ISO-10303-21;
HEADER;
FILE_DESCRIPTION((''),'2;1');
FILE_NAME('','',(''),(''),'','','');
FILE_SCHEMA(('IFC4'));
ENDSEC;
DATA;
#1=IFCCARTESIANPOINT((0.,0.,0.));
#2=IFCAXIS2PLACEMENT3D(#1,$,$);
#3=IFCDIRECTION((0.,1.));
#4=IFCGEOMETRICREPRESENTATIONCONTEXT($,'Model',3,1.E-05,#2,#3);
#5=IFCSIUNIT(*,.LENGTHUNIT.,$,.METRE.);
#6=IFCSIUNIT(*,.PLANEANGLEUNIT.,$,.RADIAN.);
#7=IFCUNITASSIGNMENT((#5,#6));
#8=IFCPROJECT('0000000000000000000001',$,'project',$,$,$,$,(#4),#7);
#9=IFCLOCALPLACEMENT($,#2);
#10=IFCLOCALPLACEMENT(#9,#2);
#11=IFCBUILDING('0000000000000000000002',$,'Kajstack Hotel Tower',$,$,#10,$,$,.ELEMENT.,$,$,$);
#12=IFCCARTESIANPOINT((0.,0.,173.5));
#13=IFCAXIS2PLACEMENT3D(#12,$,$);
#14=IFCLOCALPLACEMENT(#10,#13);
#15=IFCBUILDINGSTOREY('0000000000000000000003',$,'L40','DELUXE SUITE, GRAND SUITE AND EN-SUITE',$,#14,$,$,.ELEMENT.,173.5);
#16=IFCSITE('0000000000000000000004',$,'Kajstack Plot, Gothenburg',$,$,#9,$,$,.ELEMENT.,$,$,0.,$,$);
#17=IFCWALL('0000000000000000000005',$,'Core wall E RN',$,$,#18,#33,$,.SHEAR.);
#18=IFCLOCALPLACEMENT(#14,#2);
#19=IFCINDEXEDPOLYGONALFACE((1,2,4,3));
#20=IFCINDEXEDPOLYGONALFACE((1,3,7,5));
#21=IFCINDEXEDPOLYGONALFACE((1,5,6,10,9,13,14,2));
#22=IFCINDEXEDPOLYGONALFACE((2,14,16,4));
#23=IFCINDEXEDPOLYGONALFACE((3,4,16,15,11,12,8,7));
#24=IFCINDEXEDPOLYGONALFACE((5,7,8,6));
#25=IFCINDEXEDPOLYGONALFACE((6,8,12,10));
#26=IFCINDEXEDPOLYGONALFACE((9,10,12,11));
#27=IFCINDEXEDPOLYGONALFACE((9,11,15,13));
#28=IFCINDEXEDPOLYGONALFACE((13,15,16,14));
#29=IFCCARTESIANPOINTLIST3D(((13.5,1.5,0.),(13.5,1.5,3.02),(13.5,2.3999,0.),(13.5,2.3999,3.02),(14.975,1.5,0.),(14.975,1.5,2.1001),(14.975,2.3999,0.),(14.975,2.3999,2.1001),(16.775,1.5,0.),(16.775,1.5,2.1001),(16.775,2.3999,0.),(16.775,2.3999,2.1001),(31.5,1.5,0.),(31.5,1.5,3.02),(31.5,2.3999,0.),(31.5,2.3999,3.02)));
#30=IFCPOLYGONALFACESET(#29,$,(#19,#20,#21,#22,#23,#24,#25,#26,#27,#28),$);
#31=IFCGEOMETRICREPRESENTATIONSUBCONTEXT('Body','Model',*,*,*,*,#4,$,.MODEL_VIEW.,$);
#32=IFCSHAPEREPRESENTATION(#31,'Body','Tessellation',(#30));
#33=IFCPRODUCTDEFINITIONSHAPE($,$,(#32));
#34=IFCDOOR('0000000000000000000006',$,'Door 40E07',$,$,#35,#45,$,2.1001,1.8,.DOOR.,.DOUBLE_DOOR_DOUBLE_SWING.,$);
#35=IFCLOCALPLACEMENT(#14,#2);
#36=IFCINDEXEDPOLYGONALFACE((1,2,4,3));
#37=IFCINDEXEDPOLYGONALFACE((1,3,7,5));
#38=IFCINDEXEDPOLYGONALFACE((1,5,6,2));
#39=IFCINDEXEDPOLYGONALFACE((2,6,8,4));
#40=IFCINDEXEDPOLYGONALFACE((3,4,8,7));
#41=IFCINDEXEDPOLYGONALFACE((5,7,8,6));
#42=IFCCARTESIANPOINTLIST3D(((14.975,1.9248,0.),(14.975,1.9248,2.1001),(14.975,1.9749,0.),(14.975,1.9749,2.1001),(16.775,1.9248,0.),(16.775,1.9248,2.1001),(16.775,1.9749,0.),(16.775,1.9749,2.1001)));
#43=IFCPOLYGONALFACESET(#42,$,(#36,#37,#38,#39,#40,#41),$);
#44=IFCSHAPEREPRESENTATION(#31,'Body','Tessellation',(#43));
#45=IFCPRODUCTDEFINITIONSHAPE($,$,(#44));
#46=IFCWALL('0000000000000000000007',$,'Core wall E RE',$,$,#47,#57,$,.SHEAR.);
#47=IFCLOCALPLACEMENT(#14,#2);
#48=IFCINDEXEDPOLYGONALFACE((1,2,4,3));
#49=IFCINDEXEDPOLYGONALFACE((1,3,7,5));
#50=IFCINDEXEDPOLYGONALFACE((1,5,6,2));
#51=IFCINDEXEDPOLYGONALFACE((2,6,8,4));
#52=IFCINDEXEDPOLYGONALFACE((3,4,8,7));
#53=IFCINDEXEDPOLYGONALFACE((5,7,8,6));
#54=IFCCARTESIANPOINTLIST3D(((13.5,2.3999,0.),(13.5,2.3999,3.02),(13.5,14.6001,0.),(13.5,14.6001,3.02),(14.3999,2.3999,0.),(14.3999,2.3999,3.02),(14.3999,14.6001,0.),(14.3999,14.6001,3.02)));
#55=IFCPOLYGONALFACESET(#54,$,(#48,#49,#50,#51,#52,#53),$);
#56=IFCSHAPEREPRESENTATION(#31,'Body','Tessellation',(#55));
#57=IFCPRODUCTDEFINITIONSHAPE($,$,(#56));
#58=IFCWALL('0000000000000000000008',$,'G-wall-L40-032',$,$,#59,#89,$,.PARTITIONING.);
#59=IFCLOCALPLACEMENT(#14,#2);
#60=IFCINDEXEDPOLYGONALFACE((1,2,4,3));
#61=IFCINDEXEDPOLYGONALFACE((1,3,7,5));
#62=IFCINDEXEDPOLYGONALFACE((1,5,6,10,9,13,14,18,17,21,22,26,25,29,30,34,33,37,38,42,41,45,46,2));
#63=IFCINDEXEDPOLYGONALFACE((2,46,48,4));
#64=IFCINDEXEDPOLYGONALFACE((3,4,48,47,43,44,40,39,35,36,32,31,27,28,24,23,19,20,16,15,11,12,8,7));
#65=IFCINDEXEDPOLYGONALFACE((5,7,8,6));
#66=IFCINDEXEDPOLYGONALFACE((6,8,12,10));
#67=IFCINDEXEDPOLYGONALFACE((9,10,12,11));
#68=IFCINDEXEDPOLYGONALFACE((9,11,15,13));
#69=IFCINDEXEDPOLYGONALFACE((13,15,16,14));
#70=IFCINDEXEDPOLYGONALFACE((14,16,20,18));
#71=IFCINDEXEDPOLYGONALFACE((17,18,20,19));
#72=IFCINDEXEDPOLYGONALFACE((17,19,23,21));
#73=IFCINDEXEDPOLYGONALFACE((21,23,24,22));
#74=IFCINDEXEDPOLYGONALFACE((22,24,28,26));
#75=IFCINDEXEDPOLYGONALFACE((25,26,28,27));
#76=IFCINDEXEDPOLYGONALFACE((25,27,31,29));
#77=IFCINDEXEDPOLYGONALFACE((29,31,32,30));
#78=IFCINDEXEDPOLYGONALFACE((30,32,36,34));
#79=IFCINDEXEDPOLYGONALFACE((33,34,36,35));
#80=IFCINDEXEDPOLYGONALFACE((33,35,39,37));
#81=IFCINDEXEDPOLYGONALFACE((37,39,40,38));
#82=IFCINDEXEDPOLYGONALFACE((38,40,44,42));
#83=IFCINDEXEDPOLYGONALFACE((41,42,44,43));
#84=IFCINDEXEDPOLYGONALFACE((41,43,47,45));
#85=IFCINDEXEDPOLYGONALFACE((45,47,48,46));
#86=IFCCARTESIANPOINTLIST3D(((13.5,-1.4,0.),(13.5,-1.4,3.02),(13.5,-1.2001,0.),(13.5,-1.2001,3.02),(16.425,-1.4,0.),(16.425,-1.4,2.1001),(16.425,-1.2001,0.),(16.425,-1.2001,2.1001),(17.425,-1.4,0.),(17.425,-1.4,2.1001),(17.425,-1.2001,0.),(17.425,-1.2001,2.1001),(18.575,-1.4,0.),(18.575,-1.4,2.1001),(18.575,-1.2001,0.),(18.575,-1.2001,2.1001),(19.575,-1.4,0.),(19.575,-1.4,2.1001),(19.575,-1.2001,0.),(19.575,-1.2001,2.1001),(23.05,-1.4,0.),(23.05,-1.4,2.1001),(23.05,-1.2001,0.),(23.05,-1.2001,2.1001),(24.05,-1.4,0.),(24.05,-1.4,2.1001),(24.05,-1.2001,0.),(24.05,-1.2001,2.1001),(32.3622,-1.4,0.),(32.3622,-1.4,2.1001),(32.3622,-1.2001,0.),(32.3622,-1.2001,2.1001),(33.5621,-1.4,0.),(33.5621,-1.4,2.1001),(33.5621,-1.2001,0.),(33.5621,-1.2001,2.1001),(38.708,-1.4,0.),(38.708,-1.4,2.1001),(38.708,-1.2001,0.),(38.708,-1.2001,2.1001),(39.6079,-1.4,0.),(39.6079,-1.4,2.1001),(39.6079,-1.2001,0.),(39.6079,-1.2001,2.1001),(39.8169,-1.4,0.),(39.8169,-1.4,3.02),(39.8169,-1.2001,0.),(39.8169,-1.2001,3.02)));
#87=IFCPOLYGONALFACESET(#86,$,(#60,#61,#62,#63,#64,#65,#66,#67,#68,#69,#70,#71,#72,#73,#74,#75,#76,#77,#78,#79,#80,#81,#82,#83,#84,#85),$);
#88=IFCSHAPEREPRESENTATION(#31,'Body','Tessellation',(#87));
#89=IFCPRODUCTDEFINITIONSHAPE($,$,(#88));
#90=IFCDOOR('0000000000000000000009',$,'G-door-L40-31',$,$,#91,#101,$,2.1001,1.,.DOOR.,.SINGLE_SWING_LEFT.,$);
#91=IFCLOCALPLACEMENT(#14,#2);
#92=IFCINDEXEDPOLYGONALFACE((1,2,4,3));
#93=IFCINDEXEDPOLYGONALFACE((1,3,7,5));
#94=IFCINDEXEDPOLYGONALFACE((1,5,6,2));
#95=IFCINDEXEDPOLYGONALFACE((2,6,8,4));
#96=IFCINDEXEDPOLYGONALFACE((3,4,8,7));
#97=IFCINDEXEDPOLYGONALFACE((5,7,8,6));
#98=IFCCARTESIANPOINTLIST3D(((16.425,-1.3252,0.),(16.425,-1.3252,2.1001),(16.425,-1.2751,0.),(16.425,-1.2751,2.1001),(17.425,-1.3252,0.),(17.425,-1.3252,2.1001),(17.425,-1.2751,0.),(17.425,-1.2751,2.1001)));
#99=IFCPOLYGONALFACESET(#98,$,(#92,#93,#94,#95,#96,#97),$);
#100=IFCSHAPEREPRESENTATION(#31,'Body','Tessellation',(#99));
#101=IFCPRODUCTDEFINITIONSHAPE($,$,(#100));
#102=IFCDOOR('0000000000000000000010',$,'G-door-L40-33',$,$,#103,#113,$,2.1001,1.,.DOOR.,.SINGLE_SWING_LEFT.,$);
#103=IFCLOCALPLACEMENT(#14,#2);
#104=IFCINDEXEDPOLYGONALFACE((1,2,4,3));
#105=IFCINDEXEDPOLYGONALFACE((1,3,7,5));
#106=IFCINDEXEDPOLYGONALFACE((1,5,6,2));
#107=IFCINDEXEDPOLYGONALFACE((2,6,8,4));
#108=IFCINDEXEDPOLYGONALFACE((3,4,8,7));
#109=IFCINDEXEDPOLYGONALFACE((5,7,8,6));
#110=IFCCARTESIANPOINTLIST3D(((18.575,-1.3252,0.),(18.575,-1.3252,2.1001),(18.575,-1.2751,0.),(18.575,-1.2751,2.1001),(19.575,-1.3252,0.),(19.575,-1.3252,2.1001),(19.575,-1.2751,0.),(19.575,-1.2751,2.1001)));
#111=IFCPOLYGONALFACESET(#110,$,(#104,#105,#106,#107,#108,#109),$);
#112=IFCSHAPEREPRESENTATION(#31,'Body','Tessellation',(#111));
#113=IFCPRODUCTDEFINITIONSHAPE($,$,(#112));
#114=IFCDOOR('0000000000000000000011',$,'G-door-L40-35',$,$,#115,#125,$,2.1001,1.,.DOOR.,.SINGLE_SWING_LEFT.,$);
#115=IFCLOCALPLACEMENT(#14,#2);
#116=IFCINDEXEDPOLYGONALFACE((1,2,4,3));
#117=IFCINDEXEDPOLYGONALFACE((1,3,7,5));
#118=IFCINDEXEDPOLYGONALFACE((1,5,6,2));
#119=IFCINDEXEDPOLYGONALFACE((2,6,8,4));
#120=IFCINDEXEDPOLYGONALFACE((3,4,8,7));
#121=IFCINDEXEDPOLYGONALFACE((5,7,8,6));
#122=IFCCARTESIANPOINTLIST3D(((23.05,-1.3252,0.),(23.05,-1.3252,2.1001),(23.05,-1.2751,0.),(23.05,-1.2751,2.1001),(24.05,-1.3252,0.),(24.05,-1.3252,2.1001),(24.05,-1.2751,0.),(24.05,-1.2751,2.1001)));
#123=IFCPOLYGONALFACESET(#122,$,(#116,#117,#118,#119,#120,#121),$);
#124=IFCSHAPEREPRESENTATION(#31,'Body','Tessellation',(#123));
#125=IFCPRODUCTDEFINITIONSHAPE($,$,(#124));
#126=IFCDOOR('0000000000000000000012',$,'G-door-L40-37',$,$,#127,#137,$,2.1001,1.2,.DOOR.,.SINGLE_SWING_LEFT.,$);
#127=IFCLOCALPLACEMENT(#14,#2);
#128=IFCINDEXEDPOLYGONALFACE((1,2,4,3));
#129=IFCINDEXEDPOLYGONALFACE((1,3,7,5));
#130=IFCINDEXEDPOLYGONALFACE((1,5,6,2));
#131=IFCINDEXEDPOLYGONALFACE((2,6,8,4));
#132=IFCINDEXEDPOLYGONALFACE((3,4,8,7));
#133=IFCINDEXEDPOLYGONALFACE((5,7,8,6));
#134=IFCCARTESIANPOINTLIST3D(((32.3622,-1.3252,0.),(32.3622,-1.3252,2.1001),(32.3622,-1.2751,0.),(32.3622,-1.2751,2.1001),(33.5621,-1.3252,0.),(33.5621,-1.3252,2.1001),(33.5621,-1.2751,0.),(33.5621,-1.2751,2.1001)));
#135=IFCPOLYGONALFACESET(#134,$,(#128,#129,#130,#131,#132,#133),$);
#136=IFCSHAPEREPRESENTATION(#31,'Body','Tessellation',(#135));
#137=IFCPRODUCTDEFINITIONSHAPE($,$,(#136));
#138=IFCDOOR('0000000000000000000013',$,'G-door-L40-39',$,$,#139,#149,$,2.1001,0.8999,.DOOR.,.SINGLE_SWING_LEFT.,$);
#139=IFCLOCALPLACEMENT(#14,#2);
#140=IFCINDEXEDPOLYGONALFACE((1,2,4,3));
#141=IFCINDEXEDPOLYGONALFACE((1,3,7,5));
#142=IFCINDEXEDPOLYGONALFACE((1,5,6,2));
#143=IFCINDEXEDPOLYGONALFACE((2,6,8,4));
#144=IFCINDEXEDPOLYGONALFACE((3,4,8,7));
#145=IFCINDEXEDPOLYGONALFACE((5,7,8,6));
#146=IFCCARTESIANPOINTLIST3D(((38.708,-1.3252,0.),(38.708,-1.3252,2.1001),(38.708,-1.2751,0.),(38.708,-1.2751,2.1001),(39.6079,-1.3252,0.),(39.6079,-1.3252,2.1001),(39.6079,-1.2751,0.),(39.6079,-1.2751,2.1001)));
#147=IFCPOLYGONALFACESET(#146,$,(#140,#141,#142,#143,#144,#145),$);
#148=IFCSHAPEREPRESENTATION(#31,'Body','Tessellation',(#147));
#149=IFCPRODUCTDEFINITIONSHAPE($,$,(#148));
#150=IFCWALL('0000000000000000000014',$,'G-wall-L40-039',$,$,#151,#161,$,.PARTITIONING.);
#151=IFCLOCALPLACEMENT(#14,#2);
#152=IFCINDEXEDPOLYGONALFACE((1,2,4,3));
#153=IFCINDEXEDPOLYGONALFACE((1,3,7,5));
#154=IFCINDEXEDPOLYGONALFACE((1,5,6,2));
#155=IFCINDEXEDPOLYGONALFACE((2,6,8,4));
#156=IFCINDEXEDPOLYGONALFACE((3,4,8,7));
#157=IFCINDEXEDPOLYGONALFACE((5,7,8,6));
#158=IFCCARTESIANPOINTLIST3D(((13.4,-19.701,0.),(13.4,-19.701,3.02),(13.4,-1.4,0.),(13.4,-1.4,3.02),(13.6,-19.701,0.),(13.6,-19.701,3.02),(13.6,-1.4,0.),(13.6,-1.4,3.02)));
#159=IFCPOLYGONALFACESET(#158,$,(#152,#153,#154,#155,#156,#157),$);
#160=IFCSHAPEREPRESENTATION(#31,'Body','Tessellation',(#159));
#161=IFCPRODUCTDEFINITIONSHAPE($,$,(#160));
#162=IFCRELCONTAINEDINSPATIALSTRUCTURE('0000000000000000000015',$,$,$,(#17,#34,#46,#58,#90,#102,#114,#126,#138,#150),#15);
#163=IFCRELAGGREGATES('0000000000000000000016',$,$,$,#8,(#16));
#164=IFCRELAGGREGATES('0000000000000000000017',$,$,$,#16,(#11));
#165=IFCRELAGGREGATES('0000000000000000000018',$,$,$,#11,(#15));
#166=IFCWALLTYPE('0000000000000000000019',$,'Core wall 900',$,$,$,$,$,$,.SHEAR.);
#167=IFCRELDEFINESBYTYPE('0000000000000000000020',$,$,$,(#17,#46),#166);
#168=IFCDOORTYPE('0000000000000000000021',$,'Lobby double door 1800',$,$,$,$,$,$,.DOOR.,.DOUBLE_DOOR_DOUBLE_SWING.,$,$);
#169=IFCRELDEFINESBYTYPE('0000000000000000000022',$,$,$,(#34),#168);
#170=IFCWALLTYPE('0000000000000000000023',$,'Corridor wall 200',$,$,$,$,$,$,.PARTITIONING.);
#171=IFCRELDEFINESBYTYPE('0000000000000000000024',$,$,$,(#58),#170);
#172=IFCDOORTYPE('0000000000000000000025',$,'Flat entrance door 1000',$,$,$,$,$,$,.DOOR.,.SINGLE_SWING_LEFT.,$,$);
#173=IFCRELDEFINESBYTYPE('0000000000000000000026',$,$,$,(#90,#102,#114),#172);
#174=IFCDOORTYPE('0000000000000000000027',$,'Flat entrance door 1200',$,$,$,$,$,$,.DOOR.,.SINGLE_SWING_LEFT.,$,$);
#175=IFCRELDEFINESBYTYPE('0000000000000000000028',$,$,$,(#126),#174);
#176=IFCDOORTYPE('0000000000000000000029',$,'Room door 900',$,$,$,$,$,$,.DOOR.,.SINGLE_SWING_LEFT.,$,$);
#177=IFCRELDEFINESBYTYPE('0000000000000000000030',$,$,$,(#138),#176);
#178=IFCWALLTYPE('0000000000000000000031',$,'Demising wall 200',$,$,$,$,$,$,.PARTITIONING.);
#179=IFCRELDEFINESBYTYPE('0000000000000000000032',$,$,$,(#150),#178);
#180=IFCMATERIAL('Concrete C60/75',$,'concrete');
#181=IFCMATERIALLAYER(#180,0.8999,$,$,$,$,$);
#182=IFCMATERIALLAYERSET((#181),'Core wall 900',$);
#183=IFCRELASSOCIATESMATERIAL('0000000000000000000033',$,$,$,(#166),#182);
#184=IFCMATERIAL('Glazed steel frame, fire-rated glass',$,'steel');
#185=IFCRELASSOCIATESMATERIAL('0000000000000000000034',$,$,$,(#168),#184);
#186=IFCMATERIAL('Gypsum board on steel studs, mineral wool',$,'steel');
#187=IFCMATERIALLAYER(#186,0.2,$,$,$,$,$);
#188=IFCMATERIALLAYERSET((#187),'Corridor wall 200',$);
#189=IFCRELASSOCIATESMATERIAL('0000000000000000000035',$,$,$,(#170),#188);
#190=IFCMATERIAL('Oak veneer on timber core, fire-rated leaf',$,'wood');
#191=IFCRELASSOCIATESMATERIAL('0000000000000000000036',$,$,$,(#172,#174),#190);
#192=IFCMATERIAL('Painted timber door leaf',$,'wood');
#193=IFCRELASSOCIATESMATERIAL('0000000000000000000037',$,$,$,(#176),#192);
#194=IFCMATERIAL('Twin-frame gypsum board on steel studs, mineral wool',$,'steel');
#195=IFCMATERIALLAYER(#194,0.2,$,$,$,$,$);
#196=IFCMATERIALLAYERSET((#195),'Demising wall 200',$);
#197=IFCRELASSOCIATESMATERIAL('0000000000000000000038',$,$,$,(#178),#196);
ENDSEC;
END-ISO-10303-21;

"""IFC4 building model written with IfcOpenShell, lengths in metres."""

from ifc_helpers import new_model, si_unit, direction, frame, frame_2d, origin, place, context, subcontext, project, spatial, rectangle, extrude, material, layer, layer_set, type_object, element, fill, save


model = new_model("IFC4")

# Units and contexts
model_context = context("Model", 3, precision=1e-05, world=origin(), true_north=direction((0.0, 1.0)))
body_context = subcontext(model_context, "Body", "Model", "MODEL_VIEW")
ifc_project = project(units=[si_unit("LENGTHUNIT", "METRE"), si_unit("PLANEANGLEUNIT", "RADIAN")], contexts=[model_context])

# Site, building, storey
site_placement = place(None, origin())
site = spatial("IfcSite", under=ifc_project, at=site_placement, Name="Kajstack Plot, Gothenburg", CompositionType="ELEMENT", RefElevation=0.0)
building_placement = place(site_placement, origin())
building = spatial("IfcBuilding", under=site, at=building_placement, Name="Kajstack Hotel Tower", CompositionType="ELEMENT")
storey_placement = place(building_placement, frame((0.0, 0.0, 173.5)))
storey = spatial("IfcBuildingStorey", under=building, at=storey_placement, Name="L40", Description="DELUXE SUITE, GRAND SUITE AND EN-SUITE", CompositionType="ELEMENT", Elevation=173.5)

# Wall, opening, door
ifc_material_1 = material(Name="Concrete C60/75", Category="concrete")
ifc_layer_1 = layer(ifc_material_1, 0.8999)
ifc_layer_set_1 = layer_set([ifc_layer_1], Name="Core wall 900")
wall_type_1 = type_object("IfcWallType", Name="Core wall 900", PredefinedType="SHEAR", material=ifc_layer_set_1)
wall_1_placement = place(storey_placement, frame((13.5, 1.95, 0.0), z_axis=(0.0, 0.0, 1.0), x_axis=(1.0, 0.0, 0.0)))
wall_1 = element("IfcWall", 1, at=wall_1_placement, inside=storey, type_object=wall_type_1, Name="Core wall E RN", PredefinedType="SHEAR", context=body_context, shape_type="SweptSolid", body=[
    extrude(rectangle(XDim=18.0, YDim=0.8999, at=frame_2d((9.0, 0.0))), origin(), (0.0, 0.0, 1.0), 3.02),
])
opening_1_placement = place(wall_1_placement, frame((1.4751, 0.0, 0.0)))
opening_1 = element("IfcOpeningElement", 2, at=opening_1_placement, cuts=wall_1, PredefinedType="OPENING", context=body_context, shape_type="SweptSolid", body=[
    extrude(rectangle(XDim=1.8, YDim=2.1001, at=frame_2d((0.8999, 1.05))), frame((0.0, 0.46, 0.0), z_axis=(0.0, -1.0, 0.0), x_axis=(1.0, 0.0, 0.0)), (0.0, 0.0, 1.0), 0.9199),
])
ifc_material_2 = material(Name="Glazed steel frame, fire-rated glass", Category="steel")
door_type_1 = type_object("IfcDoorType", Name="Lobby double door 1800", OperationType="DOUBLE_DOOR_DOUBLE_SWING", PredefinedType="DOOR", material=ifc_material_2)
door_1_placement = place(opening_1_placement, origin())
door_1 = element("IfcDoor", 3, at=door_1_placement, inside=storey, type_object=door_type_1, Name="Door 40E07", OperationType="DOUBLE_DOOR_DOUBLE_SWING", OverallHeight=2.1001, OverallWidth=1.8, PredefinedType="DOOR", context=body_context, shape_type="SweptSolid", body=[
    extrude(rectangle(XDim=1.8, YDim=2.1001, at=frame_2d((0.8999, 1.05))), frame((0.0, 0.0249, 0.0), z_axis=(0.0, -1.0, 0.0), x_axis=(1.0, 0.0, 0.0)), (0.0, 0.0, 1.0), 0.05),
])
fill(opening_1, door_1)

# Wall
wall_2_placement = place(storey_placement, frame((13.95, 2.3999, 0.0), z_axis=(0.0, 0.0, 1.0), x_axis=(0.0, 1.0, 0.0)))
element("IfcWall", 4, at=wall_2_placement, inside=storey, type_object=wall_type_1, Name="Core wall E RE", PredefinedType="SHEAR", context=body_context, shape_type="SweptSolid", body=[
    extrude(rectangle(XDim=12.2002, YDim=0.8999, at=frame_2d((6.1001, 0.0))), origin(), (0.0, 0.0, 1.0), 3.02),
])

# Wall, openings, doors
ifc_material_3 = material(Name="Gypsum board on steel studs, mineral wool", Category="steel")
ifc_layer_2 = layer(ifc_material_3, 0.2)
ifc_layer_set_2 = layer_set([ifc_layer_2], Name="Corridor wall 200")
wall_type_2 = type_object("IfcWallType", Name="Corridor wall 200", PredefinedType="PARTITIONING", material=ifc_layer_set_2)
wall_3_placement = place(storey_placement, frame((13.5, -1.3, 0.0), z_axis=(0.0, 0.0, 1.0), x_axis=(1.0, 0.0, 0.0)))
wall_3 = element("IfcWall", 5, at=wall_3_placement, inside=storey, type_object=wall_type_2, Name="G-wall-L40-032", PredefinedType="PARTITIONING", context=body_context, shape_type="SweptSolid", body=[
    extrude(rectangle(XDim=26.3169, YDim=0.2, at=frame_2d((13.1584, 0.0))), origin(), (0.0, 0.0, 1.0), 3.02),
])
opening_2_placement = place(wall_3_placement, frame((2.925, 0.0, 0.0)))
opening_2 = element("IfcOpeningElement", 6, at=opening_2_placement, cuts=wall_3, PredefinedType="OPENING", context=body_context, shape_type="SweptSolid", body=[
    extrude(rectangle(XDim=1.0, YDim=2.1001, at=frame_2d((0.5, 1.05))), frame((0.0, 0.1099, 0.0), z_axis=(0.0, -1.0, 0.0), x_axis=(1.0, 0.0, 0.0)), (0.0, 0.0, 1.0), 0.22),
])
opening_3_placement = place(wall_3_placement, frame((5.075, 0.0, 0.0)))
opening_3 = element("IfcOpeningElement", 7, at=opening_3_placement, cuts=wall_3, PredefinedType="OPENING", context=body_context, shape_type="SweptSolid", body=[
    extrude(rectangle(XDim=1.0, YDim=2.1001, at=frame_2d((0.5, 1.05))), frame((0.0, 0.1099, 0.0), z_axis=(0.0, -1.0, 0.0), x_axis=(1.0, 0.0, 0.0)), (0.0, 0.0, 1.0), 0.22),
])
opening_4_placement = place(wall_3_placement, frame((9.55, 0.0, 0.0)))
opening_4 = element("IfcOpeningElement", 8, at=opening_4_placement, cuts=wall_3, PredefinedType="OPENING", context=body_context, shape_type="SweptSolid", body=[
    extrude(rectangle(XDim=1.0, YDim=2.1001, at=frame_2d((0.5, 1.05))), frame((0.0, 0.1099, 0.0), z_axis=(0.0, -1.0, 0.0), x_axis=(1.0, 0.0, 0.0)), (0.0, 0.0, 1.0), 0.22),
])
opening_5_placement = place(wall_3_placement, frame((18.8621, 0.0, 0.0)))
opening_5 = element("IfcOpeningElement", 9, at=opening_5_placement, cuts=wall_3, PredefinedType="OPENING", context=body_context, shape_type="SweptSolid", body=[
    extrude(rectangle(XDim=1.2, YDim=2.1001, at=frame_2d((0.6001, 1.05))), frame((0.0, 0.1099, 0.0), z_axis=(0.0, -1.0, 0.0), x_axis=(1.0, 0.0, 0.0)), (0.0, 0.0, 1.0), 0.22),
])
opening_6_placement = place(wall_3_placement, frame((25.208, 0.0, 0.0)))
opening_6 = element("IfcOpeningElement", 10, at=opening_6_placement, cuts=wall_3, PredefinedType="OPENING", context=body_context, shape_type="SweptSolid", body=[
    extrude(rectangle(XDim=0.8999, YDim=2.1001, at=frame_2d((0.45, 1.05))), frame((0.0, 0.1099, 0.0), z_axis=(0.0, -1.0, 0.0), x_axis=(1.0, 0.0, 0.0)), (0.0, 0.0, 1.0), 0.22),
])
ifc_material_4 = material(Name="Oak veneer on timber core, fire-rated leaf", Category="wood")
door_type_2 = type_object("IfcDoorType", Name="Flat entrance door 1000", OperationType="SINGLE_SWING_LEFT", PredefinedType="DOOR", material=ifc_material_4)
door_2_placement = place(opening_2_placement, origin())
door_2 = element("IfcDoor", 11, at=door_2_placement, inside=storey, type_object=door_type_2, Name="G-door-L40-31", OperationType="SINGLE_SWING_LEFT", OverallHeight=2.1001, OverallWidth=1.0, PredefinedType="DOOR", context=body_context, shape_type="SweptSolid", body=[
    extrude(rectangle(XDim=1.0, YDim=2.1001, at=frame_2d((0.5, 1.05))), frame((0.0, 0.0249, 0.0), z_axis=(0.0, -1.0, 0.0), x_axis=(1.0, 0.0, 0.0)), (0.0, 0.0, 1.0), 0.05),
])
fill(opening_2, door_2)
door_3_placement = place(opening_3_placement, origin())
door_3 = element("IfcDoor", 12, at=door_3_placement, inside=storey, type_object=door_type_2, Name="G-door-L40-33", OperationType="SINGLE_SWING_LEFT", OverallHeight=2.1001, OverallWidth=1.0, PredefinedType="DOOR", context=body_context, shape_type="SweptSolid", body=[
    extrude(rectangle(XDim=1.0, YDim=2.1001, at=frame_2d((0.5, 1.05))), frame((0.0, 0.0249, 0.0), z_axis=(0.0, -1.0, 0.0), x_axis=(1.0, 0.0, 0.0)), (0.0, 0.0, 1.0), 0.05),
])
fill(opening_3, door_3)
door_4_placement = place(opening_4_placement, origin())
door_4 = element("IfcDoor", 13, at=door_4_placement, inside=storey, type_object=door_type_2, Name="G-door-L40-35", OperationType="SINGLE_SWING_LEFT", OverallHeight=2.1001, OverallWidth=1.0, PredefinedType="DOOR", context=body_context, shape_type="SweptSolid", body=[
    extrude(rectangle(XDim=1.0, YDim=2.1001, at=frame_2d((0.5, 1.05))), frame((0.0, 0.0249, 0.0), z_axis=(0.0, -1.0, 0.0), x_axis=(1.0, 0.0, 0.0)), (0.0, 0.0, 1.0), 0.05),
])
fill(opening_4, door_4)
door_type_3 = type_object("IfcDoorType", Name="Flat entrance door 1200", OperationType="SINGLE_SWING_LEFT", PredefinedType="DOOR", material=ifc_material_4)
door_5_placement = place(opening_5_placement, origin())
door_5 = element("IfcDoor", 14, at=door_5_placement, inside=storey, type_object=door_type_3, Name="G-door-L40-37", OperationType="SINGLE_SWING_LEFT", OverallHeight=2.1001, OverallWidth=1.2, PredefinedType="DOOR", context=body_context, shape_type="SweptSolid", body=[
    extrude(rectangle(XDim=1.2, YDim=2.1001, at=frame_2d((0.6001, 1.05))), frame((0.0, 0.0249, 0.0), z_axis=(0.0, -1.0, 0.0), x_axis=(1.0, 0.0, 0.0)), (0.0, 0.0, 1.0), 0.05),
])
fill(opening_5, door_5)
ifc_material_5 = material(Name="Painted timber door leaf", Category="wood")
door_type_4 = type_object("IfcDoorType", Name="Room door 900", OperationType="SINGLE_SWING_LEFT", PredefinedType="DOOR", material=ifc_material_5)
door_6_placement = place(opening_6_placement, origin())
door_6 = element("IfcDoor", 15, at=door_6_placement, inside=storey, type_object=door_type_4, Name="G-door-L40-39", OperationType="SINGLE_SWING_LEFT", OverallHeight=2.1001, OverallWidth=0.8999, PredefinedType="DOOR", context=body_context, shape_type="SweptSolid", body=[
    extrude(rectangle(XDim=0.8999, YDim=2.1001, at=frame_2d((0.45, 1.05))), frame((0.0, 0.0249, 0.0), z_axis=(0.0, -1.0, 0.0), x_axis=(1.0, 0.0, 0.0)), (0.0, 0.0, 1.0), 0.05),
])
fill(opening_6, door_6)

# Wall
ifc_material_6 = material(Name="Twin-frame gypsum board on steel studs, mineral wool", Category="steel")
ifc_layer_3 = layer(ifc_material_6, 0.2)
ifc_layer_set_3 = layer_set([ifc_layer_3], Name="Demising wall 200")
wall_type_3 = type_object("IfcWallType", Name="Demising wall 200", PredefinedType="PARTITIONING", material=ifc_layer_set_3)
wall_4_placement = place(storey_placement, frame((13.5, -19.7009, 0.0), z_axis=(0.0, 0.0, 1.0), x_axis=(0.0, 1.0, 0.0)))
element("IfcWall", 16, at=wall_4_placement, inside=storey, type_object=wall_type_3, Name="G-wall-L40-039", PredefinedType="PARTITIONING", context=body_context, shape_type="SweptSolid", body=[
    extrude(rectangle(XDim=18.301, YDim=0.2, at=frame_2d((9.1504, 0.0))), origin(), (0.0, 0.0, 1.0), 3.02),
])

save(model, "model.ifc")
